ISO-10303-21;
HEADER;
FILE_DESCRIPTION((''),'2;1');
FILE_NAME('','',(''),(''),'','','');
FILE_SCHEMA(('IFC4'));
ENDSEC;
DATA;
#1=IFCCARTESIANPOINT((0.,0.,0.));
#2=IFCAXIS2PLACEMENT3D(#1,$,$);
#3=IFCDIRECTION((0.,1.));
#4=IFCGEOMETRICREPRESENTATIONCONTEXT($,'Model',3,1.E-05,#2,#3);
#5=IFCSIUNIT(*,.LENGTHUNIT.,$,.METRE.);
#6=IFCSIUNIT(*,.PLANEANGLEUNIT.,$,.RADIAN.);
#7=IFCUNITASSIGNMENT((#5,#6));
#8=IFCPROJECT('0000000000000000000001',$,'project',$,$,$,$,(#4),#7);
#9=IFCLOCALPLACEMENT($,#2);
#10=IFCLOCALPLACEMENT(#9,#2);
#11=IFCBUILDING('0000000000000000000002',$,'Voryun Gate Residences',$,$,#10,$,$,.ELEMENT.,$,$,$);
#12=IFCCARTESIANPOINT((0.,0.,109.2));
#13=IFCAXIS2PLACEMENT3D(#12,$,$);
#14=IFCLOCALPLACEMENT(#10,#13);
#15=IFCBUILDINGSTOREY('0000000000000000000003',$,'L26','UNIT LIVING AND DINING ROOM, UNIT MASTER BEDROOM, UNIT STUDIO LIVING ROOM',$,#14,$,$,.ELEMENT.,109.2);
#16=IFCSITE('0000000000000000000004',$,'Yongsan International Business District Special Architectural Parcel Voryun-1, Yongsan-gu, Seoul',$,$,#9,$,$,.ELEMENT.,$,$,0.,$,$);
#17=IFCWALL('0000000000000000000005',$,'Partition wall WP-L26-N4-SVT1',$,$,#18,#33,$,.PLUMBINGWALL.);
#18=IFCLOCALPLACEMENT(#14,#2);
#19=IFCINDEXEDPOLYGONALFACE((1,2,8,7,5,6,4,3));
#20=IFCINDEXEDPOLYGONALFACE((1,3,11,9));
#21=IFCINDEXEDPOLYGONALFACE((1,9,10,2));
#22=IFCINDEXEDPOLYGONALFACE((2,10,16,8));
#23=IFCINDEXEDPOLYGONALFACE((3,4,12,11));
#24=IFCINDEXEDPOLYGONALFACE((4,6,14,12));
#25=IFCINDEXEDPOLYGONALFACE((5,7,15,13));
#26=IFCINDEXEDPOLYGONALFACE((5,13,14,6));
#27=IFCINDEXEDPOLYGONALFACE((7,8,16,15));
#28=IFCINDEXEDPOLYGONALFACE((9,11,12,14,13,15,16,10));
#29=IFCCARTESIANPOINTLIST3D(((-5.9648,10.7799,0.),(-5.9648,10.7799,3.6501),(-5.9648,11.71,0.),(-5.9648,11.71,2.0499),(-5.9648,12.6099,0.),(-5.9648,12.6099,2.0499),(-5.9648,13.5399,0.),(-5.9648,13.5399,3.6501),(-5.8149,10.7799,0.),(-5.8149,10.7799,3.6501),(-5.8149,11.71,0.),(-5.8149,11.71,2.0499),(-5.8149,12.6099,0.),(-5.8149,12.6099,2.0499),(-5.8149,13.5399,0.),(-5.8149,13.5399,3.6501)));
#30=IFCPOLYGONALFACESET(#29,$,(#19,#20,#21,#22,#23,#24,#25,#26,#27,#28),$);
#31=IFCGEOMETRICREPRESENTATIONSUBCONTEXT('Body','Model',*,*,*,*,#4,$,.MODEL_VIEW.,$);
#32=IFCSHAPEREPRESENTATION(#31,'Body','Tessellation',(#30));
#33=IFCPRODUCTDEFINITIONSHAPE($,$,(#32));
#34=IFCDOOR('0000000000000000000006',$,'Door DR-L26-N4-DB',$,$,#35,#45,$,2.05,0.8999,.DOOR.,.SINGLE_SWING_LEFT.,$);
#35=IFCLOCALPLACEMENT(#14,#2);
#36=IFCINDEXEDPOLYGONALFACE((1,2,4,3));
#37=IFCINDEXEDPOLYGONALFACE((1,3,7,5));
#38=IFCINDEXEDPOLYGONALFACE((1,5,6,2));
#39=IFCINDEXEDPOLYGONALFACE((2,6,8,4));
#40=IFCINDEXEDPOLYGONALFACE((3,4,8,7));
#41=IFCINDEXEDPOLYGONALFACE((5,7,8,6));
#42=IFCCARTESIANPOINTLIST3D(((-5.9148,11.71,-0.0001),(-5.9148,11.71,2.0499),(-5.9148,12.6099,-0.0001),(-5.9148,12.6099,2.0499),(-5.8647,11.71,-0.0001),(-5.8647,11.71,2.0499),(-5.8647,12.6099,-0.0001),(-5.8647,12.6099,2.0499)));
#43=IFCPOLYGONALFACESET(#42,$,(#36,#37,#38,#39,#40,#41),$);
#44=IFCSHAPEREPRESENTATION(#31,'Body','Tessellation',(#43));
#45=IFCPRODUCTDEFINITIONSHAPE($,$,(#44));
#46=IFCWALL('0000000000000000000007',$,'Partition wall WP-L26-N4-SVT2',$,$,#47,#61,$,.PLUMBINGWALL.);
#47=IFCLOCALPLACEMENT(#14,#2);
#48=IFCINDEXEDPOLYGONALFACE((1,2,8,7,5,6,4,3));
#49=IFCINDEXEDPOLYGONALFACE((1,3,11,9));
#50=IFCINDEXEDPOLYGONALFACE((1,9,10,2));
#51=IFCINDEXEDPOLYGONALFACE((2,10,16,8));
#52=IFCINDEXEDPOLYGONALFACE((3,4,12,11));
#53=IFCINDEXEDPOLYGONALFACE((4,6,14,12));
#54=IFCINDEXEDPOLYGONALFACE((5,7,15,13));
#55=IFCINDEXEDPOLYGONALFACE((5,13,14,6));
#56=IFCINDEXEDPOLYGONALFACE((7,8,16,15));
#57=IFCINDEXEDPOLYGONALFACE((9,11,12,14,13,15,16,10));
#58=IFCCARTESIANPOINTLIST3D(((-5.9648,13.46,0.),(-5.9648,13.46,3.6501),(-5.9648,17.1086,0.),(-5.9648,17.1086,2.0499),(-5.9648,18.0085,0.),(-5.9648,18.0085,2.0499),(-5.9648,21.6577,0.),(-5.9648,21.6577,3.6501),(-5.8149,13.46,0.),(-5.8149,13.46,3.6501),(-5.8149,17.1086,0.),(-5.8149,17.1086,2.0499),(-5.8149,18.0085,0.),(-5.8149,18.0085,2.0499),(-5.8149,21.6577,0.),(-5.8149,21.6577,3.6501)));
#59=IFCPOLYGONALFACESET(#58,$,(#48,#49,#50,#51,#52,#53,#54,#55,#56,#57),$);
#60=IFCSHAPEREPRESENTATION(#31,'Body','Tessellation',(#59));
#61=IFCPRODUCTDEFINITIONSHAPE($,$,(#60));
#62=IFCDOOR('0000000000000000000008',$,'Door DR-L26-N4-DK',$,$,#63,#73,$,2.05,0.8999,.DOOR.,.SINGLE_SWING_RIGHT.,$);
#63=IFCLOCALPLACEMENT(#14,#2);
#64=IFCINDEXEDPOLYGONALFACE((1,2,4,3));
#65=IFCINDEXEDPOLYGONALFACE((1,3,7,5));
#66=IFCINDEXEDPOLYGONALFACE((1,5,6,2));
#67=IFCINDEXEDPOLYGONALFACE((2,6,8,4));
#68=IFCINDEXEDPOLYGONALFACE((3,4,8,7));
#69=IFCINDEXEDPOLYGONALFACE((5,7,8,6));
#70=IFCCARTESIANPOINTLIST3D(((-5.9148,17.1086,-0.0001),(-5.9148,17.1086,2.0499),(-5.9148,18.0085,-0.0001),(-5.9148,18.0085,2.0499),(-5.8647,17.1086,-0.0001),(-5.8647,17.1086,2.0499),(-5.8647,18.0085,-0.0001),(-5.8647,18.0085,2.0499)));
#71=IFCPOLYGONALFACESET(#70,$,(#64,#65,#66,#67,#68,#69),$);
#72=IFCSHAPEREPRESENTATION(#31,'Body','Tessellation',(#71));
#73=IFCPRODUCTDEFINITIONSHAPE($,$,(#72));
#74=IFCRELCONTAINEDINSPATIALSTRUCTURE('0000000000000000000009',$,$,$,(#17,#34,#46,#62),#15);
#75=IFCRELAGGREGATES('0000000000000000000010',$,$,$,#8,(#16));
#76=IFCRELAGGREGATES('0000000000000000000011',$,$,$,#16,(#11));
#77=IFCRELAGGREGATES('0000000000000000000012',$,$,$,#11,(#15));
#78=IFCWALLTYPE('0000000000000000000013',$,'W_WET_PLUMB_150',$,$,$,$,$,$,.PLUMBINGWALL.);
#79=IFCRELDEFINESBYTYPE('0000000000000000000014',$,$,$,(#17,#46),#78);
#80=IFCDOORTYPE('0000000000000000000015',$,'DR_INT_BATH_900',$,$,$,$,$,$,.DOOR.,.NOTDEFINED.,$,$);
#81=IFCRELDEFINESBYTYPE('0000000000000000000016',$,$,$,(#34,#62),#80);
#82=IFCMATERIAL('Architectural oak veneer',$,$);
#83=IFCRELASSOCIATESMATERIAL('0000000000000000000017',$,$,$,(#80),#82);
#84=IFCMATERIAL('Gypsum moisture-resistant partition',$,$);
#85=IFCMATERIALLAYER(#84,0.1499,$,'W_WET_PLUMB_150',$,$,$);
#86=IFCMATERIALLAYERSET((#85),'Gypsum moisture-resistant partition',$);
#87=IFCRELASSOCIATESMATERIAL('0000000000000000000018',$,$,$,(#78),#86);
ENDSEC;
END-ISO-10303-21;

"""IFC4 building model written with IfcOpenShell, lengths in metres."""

from ifc_helpers import new_model, si_unit, direction, frame, frame_2d, origin, place, context, subcontext, project, spatial, rectangle, extrude, material, layer, layer_set, type_object, element, fill, save


model = new_model("IFC4")

# Units and contexts
model_context = context("Model", 3, precision=1e-05, world=origin(), true_north=direction((0.0, 1.0)))
body_context = subcontext(model_context, "Body", "Model", "MODEL_VIEW")
ifc_project = project(units=[si_unit("LENGTHUNIT", "METRE"), si_unit("PLANEANGLEUNIT", "RADIAN")], contexts=[model_context])

# Site, building, storey
site_placement = place(None, origin())
site = spatial("IfcSite", under=ifc_project, at=site_placement, Name="Yongsan International Business District Special Architectural Parcel Voryun-1, Yongsan-gu, Seoul", CompositionType="ELEMENT", RefElevation=0.0)
building_placement = place(site_placement, origin())
building = spatial("IfcBuilding", under=site, at=building_placement, Name="Voryun Gate Residences", CompositionType="ELEMENT")
storey_placement = place(building_placement, frame((0.0, 0.0, 109.2)))
storey = spatial("IfcBuildingStorey", under=building, at=storey_placement, Name="L26", Description="UNIT LIVING AND DINING ROOM, UNIT MASTER BEDROOM, UNIT STUDIO LIVING ROOM", CompositionType="ELEMENT", Elevation=109.2)

# Shared definitions
ifc_material_1 = material(Name="Architectural oak veneer")
door_type_1 = type_object("IfcDoorType", Name="DR_INT_BATH_900", OperationType="NOTDEFINED", PredefinedType="DOOR", material=ifc_material_1)
ifc_material_2 = material(Name="Gypsum moisture-resistant partition")
ifc_layer_1 = layer(ifc_material_2, 0.1499, Name="W_WET_PLUMB_150")
ifc_layer_set_1 = layer_set([ifc_layer_1], Name="Gypsum moisture-resistant partition")
wall_type_1 = type_object("IfcWallType", Name="W_WET_PLUMB_150", PredefinedType="PLUMBINGWALL", material=ifc_layer_set_1)

# Walls, openings, doors
wall_1_placement = place(storey_placement, frame((-5.8899, 10.78, 0.0), z_axis=(0.0, 0.0, 1.0), x_axis=(0.0, 1.0, 0.0)))
wall_1 = element("IfcWall", 1, at=wall_1_placement, inside=storey, type_object=wall_type_1, Name="Partition wall WP-L26-N4-SVT1", PredefinedType="PLUMBINGWALL", context=body_context, shape_type="SweptSolid", body=[
    extrude(rectangle(XDim=2.76, YDim=0.1499, at=frame_2d((1.3799, 0.0))), origin(), (0.0, 0.0, 1.0), 3.6501),
])
opening_1_placement = place(wall_1_placement, frame((0.9299, 0.0, 0.0)))
opening_1 = element("IfcOpeningElement", 2, at=opening_1_placement, cuts=wall_1, PredefinedType="OPENING", context=body_context, shape_type="SweptSolid", body=[
    extrude(rectangle(XDim=0.8999, YDim=2.05, at=frame_2d((0.45, 1.0249))), frame((0.0, 0.085, 0.0), z_axis=(0.0, -1.0, 0.0), x_axis=(1.0, 0.0, 0.0)), (0.0, 0.0, 1.0), 0.1699),
])
door_1_placement = place(opening_1_placement, origin())
door_1 = element("IfcDoor", 3, at=door_1_placement, inside=storey, type_object=door_type_1, Name="Door DR-L26-N4-DB", OperationType="SINGLE_SWING_LEFT", OverallHeight=2.05, OverallWidth=0.8999, PredefinedType="DOOR", context=body_context, shape_type="SweptSolid", body=[
    extrude(rectangle(XDim=0.8999, YDim=2.05, at=frame_2d((0.45, 1.0249))), frame((0.0, 0.0249, 0.0), z_axis=(0.0, -1.0, 0.0), x_axis=(1.0, 0.0, 0.0)), (0.0, 0.0, 1.0), 0.05),
])
fill(opening_1, door_1)
wall_2_placement = place(storey_placement, frame((-5.8899, 13.46, 0.0), z_axis=(0.0, 0.0, 1.0), x_axis=(0.0, 1.0, 0.0)))
wall_2 = element("IfcWall", 4, at=wall_2_placement, inside=storey, type_object=wall_type_1, Name="Partition wall WP-L26-N4-SVT2", PredefinedType="PLUMBINGWALL", context=body_context, shape_type="SweptSolid", body=[
    extrude(rectangle(XDim=8.1978, YDim=0.1499, at=frame_2d((4.0989, 0.0))), origin(), (0.0, 0.0, 1.0), 3.6501),
])
opening_2_placement = place(wall_2_placement, frame((3.6487, 0.0, 0.0)))
opening_2 = element("IfcOpeningElement", 5, at=opening_2_placement, cuts=wall_2, PredefinedType="OPENING", context=body_context, shape_type="SweptSolid", body=[
    extrude(rectangle(XDim=0.8999, YDim=2.05, at=frame_2d((0.45, 1.0249))), frame((0.0, 0.085, 0.0), z_axis=(0.0, -1.0, 0.0), x_axis=(1.0, 0.0, 0.0)), (0.0, 0.0, 1.0), 0.1699),
])
door_2_placement = place(opening_2_placement, origin())
door_2 = element("IfcDoor", 6, at=door_2_placement, inside=storey, type_object=door_type_1, Name="Door DR-L26-N4-DK", OperationType="SINGLE_SWING_RIGHT", OverallHeight=2.05, OverallWidth=0.8999, PredefinedType="DOOR", context=body_context, shape_type="SweptSolid", body=[
    extrude(rectangle(XDim=0.8999, YDim=2.05, at=frame_2d((0.45, 1.0249))), frame((0.0, 0.0249, 0.0), z_axis=(0.0, -1.0, 0.0), x_axis=(1.0, 0.0, 0.0)), (0.0, 0.0, 1.0), 0.05),
])
fill(opening_2, door_2)

save(model, "model.ifc")
